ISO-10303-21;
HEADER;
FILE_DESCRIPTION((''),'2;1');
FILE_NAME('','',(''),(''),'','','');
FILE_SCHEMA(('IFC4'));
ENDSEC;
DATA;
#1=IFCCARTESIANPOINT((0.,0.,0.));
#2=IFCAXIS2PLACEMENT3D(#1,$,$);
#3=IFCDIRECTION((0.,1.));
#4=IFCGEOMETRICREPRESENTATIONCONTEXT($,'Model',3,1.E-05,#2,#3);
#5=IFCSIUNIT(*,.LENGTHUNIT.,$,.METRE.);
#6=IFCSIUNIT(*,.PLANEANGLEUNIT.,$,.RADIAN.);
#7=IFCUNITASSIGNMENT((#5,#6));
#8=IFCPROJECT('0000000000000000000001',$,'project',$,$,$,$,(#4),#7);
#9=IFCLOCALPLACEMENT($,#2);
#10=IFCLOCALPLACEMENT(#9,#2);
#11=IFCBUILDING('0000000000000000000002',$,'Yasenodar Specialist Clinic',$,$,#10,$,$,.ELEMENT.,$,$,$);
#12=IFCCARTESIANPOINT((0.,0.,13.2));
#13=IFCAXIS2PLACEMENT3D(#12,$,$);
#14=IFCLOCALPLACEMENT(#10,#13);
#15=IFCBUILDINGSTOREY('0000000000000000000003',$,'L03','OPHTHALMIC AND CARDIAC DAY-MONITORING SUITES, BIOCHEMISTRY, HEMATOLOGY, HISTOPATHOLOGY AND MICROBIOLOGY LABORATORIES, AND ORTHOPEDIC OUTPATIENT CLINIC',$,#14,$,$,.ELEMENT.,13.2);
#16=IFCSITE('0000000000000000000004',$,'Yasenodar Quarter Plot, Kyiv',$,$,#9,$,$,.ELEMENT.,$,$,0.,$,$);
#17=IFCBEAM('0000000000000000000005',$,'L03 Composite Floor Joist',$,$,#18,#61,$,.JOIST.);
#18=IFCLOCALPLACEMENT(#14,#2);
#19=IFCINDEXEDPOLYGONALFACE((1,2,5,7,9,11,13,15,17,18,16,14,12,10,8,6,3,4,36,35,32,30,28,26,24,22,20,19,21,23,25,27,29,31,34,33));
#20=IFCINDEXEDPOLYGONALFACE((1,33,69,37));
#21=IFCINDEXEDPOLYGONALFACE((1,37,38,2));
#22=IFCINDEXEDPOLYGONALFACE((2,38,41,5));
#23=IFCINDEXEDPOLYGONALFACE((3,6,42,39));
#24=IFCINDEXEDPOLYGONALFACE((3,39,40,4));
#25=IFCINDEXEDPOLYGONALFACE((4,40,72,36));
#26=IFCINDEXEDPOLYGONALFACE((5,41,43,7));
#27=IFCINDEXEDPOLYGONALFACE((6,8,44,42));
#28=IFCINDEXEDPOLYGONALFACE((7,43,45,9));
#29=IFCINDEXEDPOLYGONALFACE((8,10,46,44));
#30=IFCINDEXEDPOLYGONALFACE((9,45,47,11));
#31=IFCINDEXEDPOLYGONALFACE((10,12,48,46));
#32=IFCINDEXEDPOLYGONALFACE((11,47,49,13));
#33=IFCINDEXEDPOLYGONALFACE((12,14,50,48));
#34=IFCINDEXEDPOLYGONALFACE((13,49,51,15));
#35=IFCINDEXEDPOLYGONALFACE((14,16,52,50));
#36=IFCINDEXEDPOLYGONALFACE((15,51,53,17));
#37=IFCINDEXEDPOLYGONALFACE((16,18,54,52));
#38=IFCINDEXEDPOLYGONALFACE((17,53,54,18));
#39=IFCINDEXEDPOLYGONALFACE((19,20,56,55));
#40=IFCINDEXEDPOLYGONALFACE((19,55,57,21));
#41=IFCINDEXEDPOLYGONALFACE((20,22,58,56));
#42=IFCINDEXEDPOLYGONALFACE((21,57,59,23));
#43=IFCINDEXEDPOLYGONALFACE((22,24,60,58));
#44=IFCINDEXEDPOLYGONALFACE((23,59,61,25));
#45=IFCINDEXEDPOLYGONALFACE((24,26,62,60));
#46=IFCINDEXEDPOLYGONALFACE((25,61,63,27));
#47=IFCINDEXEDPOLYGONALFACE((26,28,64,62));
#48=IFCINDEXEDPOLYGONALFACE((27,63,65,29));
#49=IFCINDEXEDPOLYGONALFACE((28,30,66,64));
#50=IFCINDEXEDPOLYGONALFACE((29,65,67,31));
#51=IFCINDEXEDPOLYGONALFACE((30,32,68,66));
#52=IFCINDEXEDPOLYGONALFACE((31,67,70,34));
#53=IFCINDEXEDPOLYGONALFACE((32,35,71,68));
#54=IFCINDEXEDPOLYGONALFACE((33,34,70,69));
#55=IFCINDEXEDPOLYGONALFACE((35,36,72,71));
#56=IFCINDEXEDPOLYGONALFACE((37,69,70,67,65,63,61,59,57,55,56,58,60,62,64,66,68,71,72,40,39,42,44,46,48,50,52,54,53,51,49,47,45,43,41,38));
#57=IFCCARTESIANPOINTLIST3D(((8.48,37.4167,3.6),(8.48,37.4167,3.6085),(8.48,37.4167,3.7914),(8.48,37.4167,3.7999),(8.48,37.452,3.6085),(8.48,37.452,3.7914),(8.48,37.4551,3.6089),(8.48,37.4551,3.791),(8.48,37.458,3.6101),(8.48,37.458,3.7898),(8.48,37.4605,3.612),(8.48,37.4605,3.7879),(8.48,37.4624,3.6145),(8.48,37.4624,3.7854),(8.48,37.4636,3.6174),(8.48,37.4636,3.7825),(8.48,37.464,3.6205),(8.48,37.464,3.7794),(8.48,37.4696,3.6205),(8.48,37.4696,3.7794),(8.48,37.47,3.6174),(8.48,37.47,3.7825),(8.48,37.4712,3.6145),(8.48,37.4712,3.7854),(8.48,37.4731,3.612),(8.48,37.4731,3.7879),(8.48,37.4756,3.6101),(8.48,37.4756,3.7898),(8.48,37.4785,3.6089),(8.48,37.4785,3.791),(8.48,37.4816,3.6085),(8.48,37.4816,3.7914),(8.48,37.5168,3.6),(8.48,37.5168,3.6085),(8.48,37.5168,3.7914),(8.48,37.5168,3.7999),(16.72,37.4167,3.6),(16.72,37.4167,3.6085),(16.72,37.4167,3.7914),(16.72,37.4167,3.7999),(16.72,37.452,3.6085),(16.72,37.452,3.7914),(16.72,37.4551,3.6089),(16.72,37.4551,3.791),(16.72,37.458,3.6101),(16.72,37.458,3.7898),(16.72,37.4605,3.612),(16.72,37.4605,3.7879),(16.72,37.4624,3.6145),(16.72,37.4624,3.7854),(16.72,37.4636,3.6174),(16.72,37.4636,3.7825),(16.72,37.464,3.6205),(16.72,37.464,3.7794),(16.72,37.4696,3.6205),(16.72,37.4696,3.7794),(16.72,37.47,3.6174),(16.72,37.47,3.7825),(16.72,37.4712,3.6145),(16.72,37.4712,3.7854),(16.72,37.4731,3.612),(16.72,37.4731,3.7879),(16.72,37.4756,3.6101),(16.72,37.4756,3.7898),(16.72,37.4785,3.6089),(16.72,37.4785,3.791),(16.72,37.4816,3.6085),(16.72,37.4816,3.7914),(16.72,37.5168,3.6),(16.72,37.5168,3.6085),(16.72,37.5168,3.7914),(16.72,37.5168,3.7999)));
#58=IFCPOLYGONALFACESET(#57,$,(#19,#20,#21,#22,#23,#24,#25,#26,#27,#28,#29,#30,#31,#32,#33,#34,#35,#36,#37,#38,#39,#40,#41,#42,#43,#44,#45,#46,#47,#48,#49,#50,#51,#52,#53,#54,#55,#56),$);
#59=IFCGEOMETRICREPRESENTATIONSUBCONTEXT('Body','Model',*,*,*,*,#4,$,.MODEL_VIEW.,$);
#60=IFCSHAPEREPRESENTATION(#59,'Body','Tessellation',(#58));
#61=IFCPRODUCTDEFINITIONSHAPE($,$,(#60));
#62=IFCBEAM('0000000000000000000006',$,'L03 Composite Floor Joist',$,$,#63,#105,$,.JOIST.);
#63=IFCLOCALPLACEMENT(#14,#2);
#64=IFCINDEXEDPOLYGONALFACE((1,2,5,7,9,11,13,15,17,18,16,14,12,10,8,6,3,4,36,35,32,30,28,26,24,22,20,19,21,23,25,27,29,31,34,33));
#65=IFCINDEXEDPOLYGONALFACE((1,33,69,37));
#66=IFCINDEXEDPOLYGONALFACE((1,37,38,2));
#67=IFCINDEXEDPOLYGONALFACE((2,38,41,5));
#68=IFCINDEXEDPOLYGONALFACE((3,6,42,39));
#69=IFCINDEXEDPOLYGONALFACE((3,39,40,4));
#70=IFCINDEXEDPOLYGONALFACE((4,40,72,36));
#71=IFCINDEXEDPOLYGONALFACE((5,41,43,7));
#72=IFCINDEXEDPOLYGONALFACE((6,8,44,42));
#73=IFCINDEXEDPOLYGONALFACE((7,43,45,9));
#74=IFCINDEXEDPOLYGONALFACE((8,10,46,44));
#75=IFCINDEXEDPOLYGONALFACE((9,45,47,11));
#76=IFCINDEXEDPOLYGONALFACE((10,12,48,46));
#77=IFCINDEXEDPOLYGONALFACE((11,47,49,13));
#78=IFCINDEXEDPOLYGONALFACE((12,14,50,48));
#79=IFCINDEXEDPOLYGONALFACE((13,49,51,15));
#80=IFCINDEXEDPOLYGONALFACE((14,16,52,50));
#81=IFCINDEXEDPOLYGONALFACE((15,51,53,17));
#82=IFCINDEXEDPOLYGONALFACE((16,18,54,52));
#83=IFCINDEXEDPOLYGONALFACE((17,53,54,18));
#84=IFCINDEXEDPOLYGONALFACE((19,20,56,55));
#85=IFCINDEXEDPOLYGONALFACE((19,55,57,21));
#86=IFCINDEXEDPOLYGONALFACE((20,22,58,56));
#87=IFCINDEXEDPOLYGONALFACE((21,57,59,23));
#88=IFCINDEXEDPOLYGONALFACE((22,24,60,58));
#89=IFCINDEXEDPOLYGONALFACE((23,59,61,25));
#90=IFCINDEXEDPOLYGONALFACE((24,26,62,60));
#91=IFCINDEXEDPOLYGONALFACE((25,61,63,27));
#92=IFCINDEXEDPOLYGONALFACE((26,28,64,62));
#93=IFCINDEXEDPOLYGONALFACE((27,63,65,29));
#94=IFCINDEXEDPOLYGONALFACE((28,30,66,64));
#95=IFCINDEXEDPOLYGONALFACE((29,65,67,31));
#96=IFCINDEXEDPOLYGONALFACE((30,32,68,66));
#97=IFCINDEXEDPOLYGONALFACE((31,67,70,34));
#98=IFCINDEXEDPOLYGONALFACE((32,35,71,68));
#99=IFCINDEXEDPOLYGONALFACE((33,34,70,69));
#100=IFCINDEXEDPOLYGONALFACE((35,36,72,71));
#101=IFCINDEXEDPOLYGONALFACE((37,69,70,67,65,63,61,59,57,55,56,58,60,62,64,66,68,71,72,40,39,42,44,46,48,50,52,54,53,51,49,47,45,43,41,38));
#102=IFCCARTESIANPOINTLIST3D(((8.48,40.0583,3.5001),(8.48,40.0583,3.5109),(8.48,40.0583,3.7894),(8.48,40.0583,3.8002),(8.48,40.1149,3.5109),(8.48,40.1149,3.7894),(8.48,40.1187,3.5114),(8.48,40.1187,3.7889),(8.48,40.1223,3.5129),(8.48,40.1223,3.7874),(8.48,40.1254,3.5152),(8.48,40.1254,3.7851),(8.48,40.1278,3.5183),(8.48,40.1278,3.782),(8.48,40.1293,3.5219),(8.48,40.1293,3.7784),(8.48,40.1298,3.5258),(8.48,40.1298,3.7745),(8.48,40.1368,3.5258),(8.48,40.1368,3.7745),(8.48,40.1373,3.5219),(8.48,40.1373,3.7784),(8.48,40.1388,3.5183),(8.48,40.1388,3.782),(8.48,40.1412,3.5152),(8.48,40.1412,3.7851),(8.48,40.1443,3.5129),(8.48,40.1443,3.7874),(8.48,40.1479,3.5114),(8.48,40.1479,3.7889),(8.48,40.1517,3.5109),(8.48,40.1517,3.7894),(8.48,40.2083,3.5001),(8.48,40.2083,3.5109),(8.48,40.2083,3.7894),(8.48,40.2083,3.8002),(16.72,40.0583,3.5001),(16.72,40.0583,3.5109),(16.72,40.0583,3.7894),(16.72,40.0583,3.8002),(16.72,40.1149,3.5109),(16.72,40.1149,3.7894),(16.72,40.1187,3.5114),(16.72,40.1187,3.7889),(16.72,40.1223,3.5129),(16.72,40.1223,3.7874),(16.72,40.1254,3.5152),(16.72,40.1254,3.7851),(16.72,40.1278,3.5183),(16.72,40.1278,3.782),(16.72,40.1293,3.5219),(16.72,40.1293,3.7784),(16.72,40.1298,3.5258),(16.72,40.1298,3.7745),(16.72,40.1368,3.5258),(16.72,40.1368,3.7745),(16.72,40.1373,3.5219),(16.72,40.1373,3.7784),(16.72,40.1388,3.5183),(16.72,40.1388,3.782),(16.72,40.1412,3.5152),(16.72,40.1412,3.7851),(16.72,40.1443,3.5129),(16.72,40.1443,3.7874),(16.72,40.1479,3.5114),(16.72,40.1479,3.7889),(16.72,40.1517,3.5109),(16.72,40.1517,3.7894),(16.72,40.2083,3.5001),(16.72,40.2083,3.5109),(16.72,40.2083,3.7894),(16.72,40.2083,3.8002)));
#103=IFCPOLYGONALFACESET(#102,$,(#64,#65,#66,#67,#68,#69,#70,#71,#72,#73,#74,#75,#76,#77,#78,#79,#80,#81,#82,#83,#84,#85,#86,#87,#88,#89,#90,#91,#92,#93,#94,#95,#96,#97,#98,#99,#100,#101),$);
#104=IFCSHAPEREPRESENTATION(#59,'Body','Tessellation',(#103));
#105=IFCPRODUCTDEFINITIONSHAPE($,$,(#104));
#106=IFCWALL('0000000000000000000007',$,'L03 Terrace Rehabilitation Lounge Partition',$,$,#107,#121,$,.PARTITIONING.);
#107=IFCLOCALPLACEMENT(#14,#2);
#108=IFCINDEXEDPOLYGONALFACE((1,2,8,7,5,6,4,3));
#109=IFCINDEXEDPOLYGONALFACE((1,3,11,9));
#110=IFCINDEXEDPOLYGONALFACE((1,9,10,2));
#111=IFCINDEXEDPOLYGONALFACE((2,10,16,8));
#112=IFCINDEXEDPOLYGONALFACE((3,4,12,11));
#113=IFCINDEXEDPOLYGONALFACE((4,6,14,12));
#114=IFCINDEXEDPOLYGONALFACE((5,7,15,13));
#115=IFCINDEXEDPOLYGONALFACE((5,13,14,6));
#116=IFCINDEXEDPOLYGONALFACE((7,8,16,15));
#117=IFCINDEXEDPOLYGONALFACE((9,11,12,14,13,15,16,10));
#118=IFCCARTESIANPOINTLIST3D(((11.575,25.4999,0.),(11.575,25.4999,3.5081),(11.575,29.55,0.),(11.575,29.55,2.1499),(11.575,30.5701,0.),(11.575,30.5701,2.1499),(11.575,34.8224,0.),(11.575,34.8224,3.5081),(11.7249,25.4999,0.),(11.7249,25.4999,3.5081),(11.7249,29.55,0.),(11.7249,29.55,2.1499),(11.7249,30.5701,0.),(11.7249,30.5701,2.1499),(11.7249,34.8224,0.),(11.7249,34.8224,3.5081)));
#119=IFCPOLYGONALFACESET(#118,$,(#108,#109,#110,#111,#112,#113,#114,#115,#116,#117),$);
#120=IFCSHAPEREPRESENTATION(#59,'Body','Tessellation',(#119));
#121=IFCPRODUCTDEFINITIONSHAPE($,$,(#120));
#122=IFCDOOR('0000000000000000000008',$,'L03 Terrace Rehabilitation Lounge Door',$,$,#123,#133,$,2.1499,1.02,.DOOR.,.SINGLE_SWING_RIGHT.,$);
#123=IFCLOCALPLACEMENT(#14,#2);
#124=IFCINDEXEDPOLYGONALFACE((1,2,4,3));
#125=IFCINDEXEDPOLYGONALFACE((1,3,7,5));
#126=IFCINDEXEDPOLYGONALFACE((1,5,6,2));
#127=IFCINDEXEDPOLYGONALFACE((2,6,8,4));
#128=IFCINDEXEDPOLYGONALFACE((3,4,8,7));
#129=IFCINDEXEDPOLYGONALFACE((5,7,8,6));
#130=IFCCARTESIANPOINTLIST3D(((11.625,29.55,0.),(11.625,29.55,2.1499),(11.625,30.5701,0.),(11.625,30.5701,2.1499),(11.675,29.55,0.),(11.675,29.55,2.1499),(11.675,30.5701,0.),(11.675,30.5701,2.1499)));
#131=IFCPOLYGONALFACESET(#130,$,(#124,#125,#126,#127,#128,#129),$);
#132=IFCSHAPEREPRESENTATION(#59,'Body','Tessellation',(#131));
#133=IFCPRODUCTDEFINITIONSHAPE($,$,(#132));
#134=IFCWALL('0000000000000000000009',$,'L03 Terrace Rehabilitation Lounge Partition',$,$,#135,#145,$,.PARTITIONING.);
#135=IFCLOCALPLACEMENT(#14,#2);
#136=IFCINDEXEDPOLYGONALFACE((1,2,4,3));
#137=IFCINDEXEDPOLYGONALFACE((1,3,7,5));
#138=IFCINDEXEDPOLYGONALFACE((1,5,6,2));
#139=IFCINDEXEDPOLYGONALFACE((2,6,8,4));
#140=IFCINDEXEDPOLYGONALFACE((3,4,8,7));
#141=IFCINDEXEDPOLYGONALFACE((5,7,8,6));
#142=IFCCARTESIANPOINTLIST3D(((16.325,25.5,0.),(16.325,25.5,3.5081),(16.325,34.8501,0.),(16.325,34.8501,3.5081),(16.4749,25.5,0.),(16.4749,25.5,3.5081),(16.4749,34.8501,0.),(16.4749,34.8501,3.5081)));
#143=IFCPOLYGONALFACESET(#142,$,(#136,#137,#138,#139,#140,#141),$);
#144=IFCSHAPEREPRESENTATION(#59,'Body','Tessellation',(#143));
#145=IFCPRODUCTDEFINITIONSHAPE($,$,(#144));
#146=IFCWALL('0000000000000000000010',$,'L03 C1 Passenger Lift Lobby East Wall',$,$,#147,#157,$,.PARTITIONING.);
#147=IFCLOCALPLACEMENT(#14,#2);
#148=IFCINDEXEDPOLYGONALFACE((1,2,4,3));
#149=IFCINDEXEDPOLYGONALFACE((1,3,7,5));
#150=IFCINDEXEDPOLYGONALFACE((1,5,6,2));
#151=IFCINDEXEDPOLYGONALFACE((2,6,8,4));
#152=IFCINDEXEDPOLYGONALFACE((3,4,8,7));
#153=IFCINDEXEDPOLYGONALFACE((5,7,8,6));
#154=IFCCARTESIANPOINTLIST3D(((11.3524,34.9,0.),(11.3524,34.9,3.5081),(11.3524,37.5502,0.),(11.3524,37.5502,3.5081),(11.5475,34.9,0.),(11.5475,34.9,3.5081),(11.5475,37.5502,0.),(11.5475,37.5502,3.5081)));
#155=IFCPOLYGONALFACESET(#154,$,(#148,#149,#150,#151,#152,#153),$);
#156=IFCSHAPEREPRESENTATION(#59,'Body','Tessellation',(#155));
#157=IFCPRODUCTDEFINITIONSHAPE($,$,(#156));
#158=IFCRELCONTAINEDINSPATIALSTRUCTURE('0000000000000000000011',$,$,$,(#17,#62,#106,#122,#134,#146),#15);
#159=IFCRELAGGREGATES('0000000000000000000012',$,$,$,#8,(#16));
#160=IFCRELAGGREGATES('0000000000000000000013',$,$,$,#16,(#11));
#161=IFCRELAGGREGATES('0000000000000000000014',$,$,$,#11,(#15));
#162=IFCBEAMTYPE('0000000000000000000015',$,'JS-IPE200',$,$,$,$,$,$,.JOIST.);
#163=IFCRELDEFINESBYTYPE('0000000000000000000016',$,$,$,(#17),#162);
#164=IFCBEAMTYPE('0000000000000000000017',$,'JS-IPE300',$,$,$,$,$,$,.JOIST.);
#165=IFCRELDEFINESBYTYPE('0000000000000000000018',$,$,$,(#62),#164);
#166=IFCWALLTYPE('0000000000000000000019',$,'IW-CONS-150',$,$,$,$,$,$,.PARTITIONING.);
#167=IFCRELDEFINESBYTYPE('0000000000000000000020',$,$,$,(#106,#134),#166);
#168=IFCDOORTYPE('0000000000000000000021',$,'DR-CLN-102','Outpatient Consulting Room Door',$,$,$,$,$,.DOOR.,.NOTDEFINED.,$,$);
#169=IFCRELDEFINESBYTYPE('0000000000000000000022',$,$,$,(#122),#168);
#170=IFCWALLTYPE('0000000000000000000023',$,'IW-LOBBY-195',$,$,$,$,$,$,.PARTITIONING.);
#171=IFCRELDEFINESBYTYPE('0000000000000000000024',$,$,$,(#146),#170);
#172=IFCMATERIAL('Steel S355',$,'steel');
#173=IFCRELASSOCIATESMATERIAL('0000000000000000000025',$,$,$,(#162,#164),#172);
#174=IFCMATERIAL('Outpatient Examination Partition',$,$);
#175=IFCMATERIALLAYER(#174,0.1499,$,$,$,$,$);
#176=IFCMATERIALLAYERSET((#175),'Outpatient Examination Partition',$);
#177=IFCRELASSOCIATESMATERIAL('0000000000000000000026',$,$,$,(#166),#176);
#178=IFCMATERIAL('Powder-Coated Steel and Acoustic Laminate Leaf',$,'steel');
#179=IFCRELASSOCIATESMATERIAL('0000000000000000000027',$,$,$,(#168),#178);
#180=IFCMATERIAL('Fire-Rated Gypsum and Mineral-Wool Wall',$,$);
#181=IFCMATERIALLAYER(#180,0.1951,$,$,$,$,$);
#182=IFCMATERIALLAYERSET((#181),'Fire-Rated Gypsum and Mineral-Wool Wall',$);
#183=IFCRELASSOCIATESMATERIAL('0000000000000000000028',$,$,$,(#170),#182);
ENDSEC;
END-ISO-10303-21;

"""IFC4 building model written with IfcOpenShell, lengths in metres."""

from ifc_helpers import new_model, si_unit, direction, frame, frame_2d, origin, origin_2d, place, context, subcontext, project, spatial, rectangle, i_section, extrude, material, layer, layer_set, material_profile, profile_set, type_object, element, fill, save


model = new_model("IFC4")

# Units and contexts
model_context = context("Model", 3, precision=1e-05, world=origin(), true_north=direction((0.0, 1.0)))
body_context = subcontext(model_context, "Body", "Model", "MODEL_VIEW")
ifc_project = project(units=[si_unit("LENGTHUNIT", "METRE"), si_unit("PLANEANGLEUNIT", "RADIAN")], contexts=[model_context])

# Site, building, storey
site_placement = place(None, origin())
site = spatial("IfcSite", under=ifc_project, at=site_placement, Name="Yasenodar Quarter Plot, Kyiv", CompositionType="ELEMENT", RefElevation=0.0)
building_placement = place(site_placement, origin())
building = spatial("IfcBuilding", under=site, at=building_placement, Name="Yasenodar Specialist Clinic", CompositionType="ELEMENT")
storey_placement = place(building_placement, frame((0.0, 0.0, 13.2)))
storey = spatial("IfcBuildingStorey", under=building, at=storey_placement, Name="L03", Description="OPHTHALMIC AND CARDIAC DAY-MONITORING SUITES, BIOCHEMISTRY, HEMATOLOGY, HISTOPATHOLOGY AND MICROBIOLOGY LABORATORIES, AND ORTHOPEDIC OUTPATIENT CLINIC", CompositionType="ELEMENT", Elevation=13.2)

# Shared definitions
ifc_material_1 = material(Name="Steel S355", Category="steel")

# Beams
ifc_material_profile_1 = material_profile(ifc_material_1, i_section(OverallWidth=0.1001, OverallDepth=0.2, WebThickness=0.0056, FlangeThickness=0.0085, FilletRadius=0.012, at=origin_2d()), Name="IPE 200")
ifc_profile_set_1 = profile_set([ifc_material_profile_1], Name="Steel S355")
beam_type_1 = type_object("IfcBeamType", Name="JS-IPE200", PredefinedType="JOIST", material=ifc_profile_set_1)
beam_1_placement = place(storey_placement, frame((8.48, 37.4668, 3.7), z_axis=(1.0, 0.0, 0.0), x_axis=(0.0, 1.0, 0.0)))
element("IfcBeam", 1, at=beam_1_placement, inside=storey, type_object=beam_type_1, Name="L03 Composite Floor Joist", PredefinedType="JOIST", context=body_context, shape_type="SweptSolid", body=[
    extrude(i_section(OverallWidth=0.1001, OverallDepth=0.2, WebThickness=0.0056, FlangeThickness=0.0085, FilletRadius=0.012, at=origin_2d()), origin(), (0.0, 0.0, 1.0), 8.24),
])
ifc_material_profile_2 = material_profile(ifc_material_1, i_section(OverallWidth=0.1499, OverallDepth=0.3, WebThickness=0.0071, FlangeThickness=0.0107, FilletRadius=0.0149, at=origin_2d()), Name="IPE 300")
ifc_profile_set_2 = profile_set([ifc_material_profile_2], Name="Steel S355")
beam_type_2 = type_object("IfcBeamType", Name="JS-IPE300", PredefinedType="JOIST", material=ifc_profile_set_2)
beam_2_placement = place(storey_placement, frame((8.48, 40.1333, 3.6501), z_axis=(1.0, 0.0, 0.0), x_axis=(0.0, 1.0, 0.0)))
element("IfcBeam", 2, at=beam_2_placement, inside=storey, type_object=beam_type_2, Name="L03 Composite Floor Joist", PredefinedType="JOIST", context=body_context, shape_type="SweptSolid", body=[
    extrude(i_section(OverallWidth=0.1499, OverallDepth=0.3, WebThickness=0.0071, FlangeThickness=0.0107, FilletRadius=0.0149, at=origin_2d()), origin(), (0.0, 0.0, 1.0), 8.24),
])

# Wall, opening, door
ifc_material_2 = material(Name="Outpatient Examination Partition")
ifc_layer_1 = layer(ifc_material_2, 0.1499)
ifc_layer_set_1 = layer_set([ifc_layer_1], Name="Outpatient Examination Partition")
wall_type_1 = type_object("IfcWallType", Name="IW-CONS-150", PredefinedType="PARTITIONING", material=ifc_layer_set_1)
wall_1_placement = place(storey_placement, frame((11.6499, 25.5, 0.0), z_axis=(0.0, 0.0, 1.0), x_axis=(0.0, 1.0, 0.0)))
wall_1 = element("IfcWall", 3, at=wall_1_placement, inside=storey, type_object=wall_type_1, Name="L03 Terrace Rehabilitation Lounge Partition", PredefinedType="PARTITIONING", context=body_context, shape_type="SweptSolid", body=[
    extrude(rectangle(XDim=9.3225, YDim=0.1499, at=frame_2d((4.6611, 0.0))), origin(), (0.0, 0.0, 1.0), 3.5081),
])
opening_1_placement = place(wall_1_placement, frame((4.05, 0.0, 0.0)))
opening_1 = element("IfcOpeningElement", 4, at=opening_1_placement, cuts=wall_1, PredefinedType="OPENING", context=body_context, shape_type="SweptSolid", body=[
    extrude(rectangle(XDim=1.02, YDim=2.1499, at=frame_2d((0.51, 1.075))), frame((0.0, 0.085, 0.0), z_axis=(0.0, -1.0, 0.0), x_axis=(1.0, 0.0, 0.0)), (0.0, 0.0, 1.0), 0.1699),
])
ifc_material_3 = material(Name="Powder-Coated Steel and Acoustic Laminate Leaf", Category="steel")
door_type_1 = type_object("IfcDoorType", Name="DR-CLN-102", Description="Outpatient Consulting Room Door", OperationType="NOTDEFINED", PredefinedType="DOOR", material=ifc_material_3)
door_1_placement = place(opening_1_placement, origin())
door_1 = element("IfcDoor", 5, at=door_1_placement, inside=storey, type_object=door_type_1, Name="L03 Terrace Rehabilitation Lounge Door", OperationType="SINGLE_SWING_RIGHT", OverallHeight=2.1499, OverallWidth=1.02, PredefinedType="DOOR", context=body_context, shape_type="SweptSolid", body=[
    extrude(rectangle(XDim=1.02, YDim=2.1499, at=frame_2d((0.51, 1.075))), frame((0.0, 0.0249, 0.0), z_axis=(0.0, -1.0, 0.0), x_axis=(1.0, 0.0, 0.0)), (0.0, 0.0, 1.0), 0.05),
])
fill(opening_1, door_1)

# Wall
wall_2_placement = place(storey_placement, frame((16.3999, 34.8501, 0.0), z_axis=(0.0, 0.0, 1.0), x_axis=(0.0, -1.0, 0.0)))
element("IfcWall", 6, at=wall_2_placement, inside=storey, type_object=wall_type_1, Name="L03 Terrace Rehabilitation Lounge Partition", PredefinedType="PARTITIONING", context=body_context, shape_type="SweptSolid", body=[
    extrude(rectangle(XDim=9.3501, YDim=0.1499, at=frame_2d((4.675, 0.0))), origin(), (0.0, 0.0, 1.0), 3.5081),
])

# Shared definitions
ifc_material_4 = material(Name="Fire-Rated Gypsum and Mineral-Wool Wall")
ifc_layer_2 = layer(ifc_material_4, 0.1951)
ifc_layer_set_2 = layer_set([ifc_layer_2], Name="Fire-Rated Gypsum and Mineral-Wool Wall")
wall_type_2 = type_object("IfcWallType", Name="IW-LOBBY-195", PredefinedType="PARTITIONING", material=ifc_layer_set_2)

# Wall
wall_3_placement = place(storey_placement, frame((11.45, 34.8999, 0.0), z_axis=(0.0, 0.0, 1.0), x_axis=(0.0, 1.0, 0.0)))
element("IfcWall", 7, at=wall_3_placement, inside=storey, type_object=wall_type_2, Name="L03 C1 Passenger Lift Lobby East Wall", PredefinedType="PARTITIONING", context=body_context, shape_type="SweptSolid", body=[
    extrude(rectangle(XDim=2.6501, YDim=0.1951, at=frame_2d((1.3252, 0.0))), origin(), (0.0, 0.0, 1.0), 3.5081),
])

save(model, "model.ifc")
